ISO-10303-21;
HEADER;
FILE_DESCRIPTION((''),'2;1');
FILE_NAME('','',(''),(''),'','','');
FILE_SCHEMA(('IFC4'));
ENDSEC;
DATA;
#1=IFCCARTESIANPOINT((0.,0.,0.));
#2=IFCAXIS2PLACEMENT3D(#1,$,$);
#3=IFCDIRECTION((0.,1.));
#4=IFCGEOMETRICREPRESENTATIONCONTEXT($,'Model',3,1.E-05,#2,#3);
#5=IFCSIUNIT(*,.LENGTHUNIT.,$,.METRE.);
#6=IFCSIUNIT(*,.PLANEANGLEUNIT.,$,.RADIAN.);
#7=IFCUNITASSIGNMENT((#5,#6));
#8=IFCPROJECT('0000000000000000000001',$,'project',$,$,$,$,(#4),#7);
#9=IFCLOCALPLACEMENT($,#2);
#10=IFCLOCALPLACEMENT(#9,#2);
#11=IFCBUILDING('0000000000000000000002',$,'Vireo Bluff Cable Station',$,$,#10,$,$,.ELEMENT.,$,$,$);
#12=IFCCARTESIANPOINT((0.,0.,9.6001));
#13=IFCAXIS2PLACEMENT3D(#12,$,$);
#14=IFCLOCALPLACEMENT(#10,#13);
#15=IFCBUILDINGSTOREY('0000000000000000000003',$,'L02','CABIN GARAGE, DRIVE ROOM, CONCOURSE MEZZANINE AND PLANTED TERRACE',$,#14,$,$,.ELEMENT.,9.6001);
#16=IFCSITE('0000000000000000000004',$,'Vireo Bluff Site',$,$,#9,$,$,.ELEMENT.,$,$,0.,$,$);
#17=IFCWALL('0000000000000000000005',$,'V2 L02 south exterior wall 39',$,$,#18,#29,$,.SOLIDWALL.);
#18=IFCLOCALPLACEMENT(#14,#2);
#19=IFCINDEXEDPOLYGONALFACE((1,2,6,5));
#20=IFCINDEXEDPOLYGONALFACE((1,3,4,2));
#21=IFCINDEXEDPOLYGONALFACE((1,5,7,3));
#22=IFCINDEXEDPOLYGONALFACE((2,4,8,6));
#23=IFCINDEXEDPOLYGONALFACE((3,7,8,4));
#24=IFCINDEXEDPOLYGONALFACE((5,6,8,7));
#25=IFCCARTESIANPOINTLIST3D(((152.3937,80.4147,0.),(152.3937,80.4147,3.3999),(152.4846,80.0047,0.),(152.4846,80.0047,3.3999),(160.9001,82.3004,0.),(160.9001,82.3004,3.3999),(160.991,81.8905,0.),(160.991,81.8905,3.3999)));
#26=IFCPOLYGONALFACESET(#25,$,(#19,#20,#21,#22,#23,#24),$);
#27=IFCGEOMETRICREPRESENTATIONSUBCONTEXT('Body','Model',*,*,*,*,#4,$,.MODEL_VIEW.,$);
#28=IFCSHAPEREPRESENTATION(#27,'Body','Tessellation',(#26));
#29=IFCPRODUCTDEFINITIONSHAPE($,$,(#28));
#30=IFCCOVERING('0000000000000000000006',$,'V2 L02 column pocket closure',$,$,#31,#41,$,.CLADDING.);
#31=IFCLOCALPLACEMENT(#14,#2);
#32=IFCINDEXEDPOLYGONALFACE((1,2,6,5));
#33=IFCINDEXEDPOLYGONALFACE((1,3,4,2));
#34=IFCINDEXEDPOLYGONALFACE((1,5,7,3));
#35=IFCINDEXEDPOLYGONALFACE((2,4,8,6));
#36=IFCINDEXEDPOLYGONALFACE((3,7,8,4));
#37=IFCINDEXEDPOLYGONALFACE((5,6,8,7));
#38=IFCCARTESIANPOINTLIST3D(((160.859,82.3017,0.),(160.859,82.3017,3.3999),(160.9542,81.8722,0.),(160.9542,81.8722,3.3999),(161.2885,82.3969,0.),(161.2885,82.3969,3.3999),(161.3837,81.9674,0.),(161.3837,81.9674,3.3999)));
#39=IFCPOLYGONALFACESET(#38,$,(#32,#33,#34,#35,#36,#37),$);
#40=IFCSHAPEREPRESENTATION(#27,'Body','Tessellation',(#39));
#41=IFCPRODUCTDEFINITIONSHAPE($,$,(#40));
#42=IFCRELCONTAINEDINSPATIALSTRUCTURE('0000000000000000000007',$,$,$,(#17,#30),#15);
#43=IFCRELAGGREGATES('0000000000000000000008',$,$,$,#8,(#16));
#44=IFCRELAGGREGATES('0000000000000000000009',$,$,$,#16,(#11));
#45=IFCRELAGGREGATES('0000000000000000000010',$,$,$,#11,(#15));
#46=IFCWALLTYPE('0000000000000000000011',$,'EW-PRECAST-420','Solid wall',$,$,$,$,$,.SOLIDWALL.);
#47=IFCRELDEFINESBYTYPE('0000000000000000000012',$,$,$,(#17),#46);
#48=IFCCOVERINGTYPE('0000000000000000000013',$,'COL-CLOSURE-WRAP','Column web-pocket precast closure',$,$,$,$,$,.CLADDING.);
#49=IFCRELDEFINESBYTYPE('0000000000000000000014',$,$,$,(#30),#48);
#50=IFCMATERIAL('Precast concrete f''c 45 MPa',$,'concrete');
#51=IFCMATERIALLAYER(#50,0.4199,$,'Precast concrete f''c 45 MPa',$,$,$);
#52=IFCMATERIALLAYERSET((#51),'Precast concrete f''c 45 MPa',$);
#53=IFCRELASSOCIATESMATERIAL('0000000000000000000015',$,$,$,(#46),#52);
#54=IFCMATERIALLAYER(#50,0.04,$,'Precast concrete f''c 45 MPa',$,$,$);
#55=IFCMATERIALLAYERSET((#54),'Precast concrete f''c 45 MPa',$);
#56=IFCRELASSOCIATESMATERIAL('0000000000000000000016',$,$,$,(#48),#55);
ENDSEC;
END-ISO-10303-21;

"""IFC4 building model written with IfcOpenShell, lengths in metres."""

from ifc_helpers import new_model, si_unit, direction, frame, frame_2d, origin, origin_2d, place, context, subcontext, project, spatial, rectangle, extrude, material, layer, layer_set, type_object, element, save


model = new_model("IFC4")

# Units and contexts
model_context = context("Model", 3, precision=1e-05, world=origin(), true_north=direction((0.0, 1.0)))
body_context = subcontext(model_context, "Body", "Model", "MODEL_VIEW")
ifc_project = project(units=[si_unit("LENGTHUNIT", "METRE"), si_unit("PLANEANGLEUNIT", "RADIAN")], contexts=[model_context])

# Site, building, storey
site_placement = place(None, origin())
site = spatial("IfcSite", under=ifc_project, at=site_placement, Name="Vireo Bluff Site", CompositionType="ELEMENT", RefElevation=0.0)
building_placement = place(site_placement, origin())
building = spatial("IfcBuilding", under=site, at=building_placement, Name="Vireo Bluff Cable Station", CompositionType="ELEMENT")
storey_placement = place(building_placement, frame((0.0, 0.0, 9.6001)))
storey = spatial("IfcBuildingStorey", under=building, at=storey_placement, Name="L02", Description="CABIN GARAGE, DRIVE ROOM, CONCOURSE MEZZANINE AND PLANTED TERRACE", CompositionType="ELEMENT", Elevation=9.6001)

# Wall
ifc_material_1 = material(Name="Precast concrete f'c 45 MPa", Category="concrete")
ifc_layer_1 = layer(ifc_material_1, 0.4199, Name="Precast concrete f'c 45 MPa")
ifc_layer_set_1 = layer_set([ifc_layer_1], Name="Precast concrete f'c 45 MPa")
wall_type = type_object("IfcWallType", Name="EW-PRECAST-420", Description="Solid wall", PredefinedType="SOLIDWALL", material=ifc_layer_set_1)
wall_placement = place(storey_placement, frame((160.9456, 82.0955, 0.0), z_axis=(0.0, 0.0, 1.0), x_axis=(-0.976298, -0.216432, 0.0)))
element("IfcWall", 1, at=wall_placement, inside=storey, type_object=wall_type, Name="V2 L02 south exterior wall 39", PredefinedType="SOLIDWALL", context=body_context, shape_type="SweptSolid", body=[
    extrude(rectangle(XDim=8.7129, YDim=0.4199, at=frame_2d((4.3564, 0.0))), origin(), (0.0, 0.0, 1.0), 3.3999),
])

# Covering
ifc_layer_2 = layer(ifc_material_1, 0.04, Name="Precast concrete f'c 45 MPa")
ifc_layer_set_2 = layer_set([ifc_layer_2], Name="Precast concrete f'c 45 MPa")
covering_type = type_object("IfcCoveringType", Name="COL-CLOSURE-WRAP", Description="Column web-pocket precast closure", PredefinedType="CLADDING", material=ifc_layer_set_2)
covering_placement = place(storey_placement, frame((161.1213, 82.1345, 0.0), z_axis=(0.0, 0.0, 1.0), x_axis=(0.976296, 0.21644, 0.0)))
element("IfcCovering", 2, at=covering_placement, inside=storey, type_object=covering_type, Name="V2 L02 column pocket closure", PredefinedType="CLADDING", context=body_context, shape_type="SweptSolid", body=[
    extrude(rectangle(XDim=0.4399, YDim=0.4399, at=origin_2d()), origin(), (0.0, 0.0, 1.0), 3.3999),
])

save(model, "model.ifc")
